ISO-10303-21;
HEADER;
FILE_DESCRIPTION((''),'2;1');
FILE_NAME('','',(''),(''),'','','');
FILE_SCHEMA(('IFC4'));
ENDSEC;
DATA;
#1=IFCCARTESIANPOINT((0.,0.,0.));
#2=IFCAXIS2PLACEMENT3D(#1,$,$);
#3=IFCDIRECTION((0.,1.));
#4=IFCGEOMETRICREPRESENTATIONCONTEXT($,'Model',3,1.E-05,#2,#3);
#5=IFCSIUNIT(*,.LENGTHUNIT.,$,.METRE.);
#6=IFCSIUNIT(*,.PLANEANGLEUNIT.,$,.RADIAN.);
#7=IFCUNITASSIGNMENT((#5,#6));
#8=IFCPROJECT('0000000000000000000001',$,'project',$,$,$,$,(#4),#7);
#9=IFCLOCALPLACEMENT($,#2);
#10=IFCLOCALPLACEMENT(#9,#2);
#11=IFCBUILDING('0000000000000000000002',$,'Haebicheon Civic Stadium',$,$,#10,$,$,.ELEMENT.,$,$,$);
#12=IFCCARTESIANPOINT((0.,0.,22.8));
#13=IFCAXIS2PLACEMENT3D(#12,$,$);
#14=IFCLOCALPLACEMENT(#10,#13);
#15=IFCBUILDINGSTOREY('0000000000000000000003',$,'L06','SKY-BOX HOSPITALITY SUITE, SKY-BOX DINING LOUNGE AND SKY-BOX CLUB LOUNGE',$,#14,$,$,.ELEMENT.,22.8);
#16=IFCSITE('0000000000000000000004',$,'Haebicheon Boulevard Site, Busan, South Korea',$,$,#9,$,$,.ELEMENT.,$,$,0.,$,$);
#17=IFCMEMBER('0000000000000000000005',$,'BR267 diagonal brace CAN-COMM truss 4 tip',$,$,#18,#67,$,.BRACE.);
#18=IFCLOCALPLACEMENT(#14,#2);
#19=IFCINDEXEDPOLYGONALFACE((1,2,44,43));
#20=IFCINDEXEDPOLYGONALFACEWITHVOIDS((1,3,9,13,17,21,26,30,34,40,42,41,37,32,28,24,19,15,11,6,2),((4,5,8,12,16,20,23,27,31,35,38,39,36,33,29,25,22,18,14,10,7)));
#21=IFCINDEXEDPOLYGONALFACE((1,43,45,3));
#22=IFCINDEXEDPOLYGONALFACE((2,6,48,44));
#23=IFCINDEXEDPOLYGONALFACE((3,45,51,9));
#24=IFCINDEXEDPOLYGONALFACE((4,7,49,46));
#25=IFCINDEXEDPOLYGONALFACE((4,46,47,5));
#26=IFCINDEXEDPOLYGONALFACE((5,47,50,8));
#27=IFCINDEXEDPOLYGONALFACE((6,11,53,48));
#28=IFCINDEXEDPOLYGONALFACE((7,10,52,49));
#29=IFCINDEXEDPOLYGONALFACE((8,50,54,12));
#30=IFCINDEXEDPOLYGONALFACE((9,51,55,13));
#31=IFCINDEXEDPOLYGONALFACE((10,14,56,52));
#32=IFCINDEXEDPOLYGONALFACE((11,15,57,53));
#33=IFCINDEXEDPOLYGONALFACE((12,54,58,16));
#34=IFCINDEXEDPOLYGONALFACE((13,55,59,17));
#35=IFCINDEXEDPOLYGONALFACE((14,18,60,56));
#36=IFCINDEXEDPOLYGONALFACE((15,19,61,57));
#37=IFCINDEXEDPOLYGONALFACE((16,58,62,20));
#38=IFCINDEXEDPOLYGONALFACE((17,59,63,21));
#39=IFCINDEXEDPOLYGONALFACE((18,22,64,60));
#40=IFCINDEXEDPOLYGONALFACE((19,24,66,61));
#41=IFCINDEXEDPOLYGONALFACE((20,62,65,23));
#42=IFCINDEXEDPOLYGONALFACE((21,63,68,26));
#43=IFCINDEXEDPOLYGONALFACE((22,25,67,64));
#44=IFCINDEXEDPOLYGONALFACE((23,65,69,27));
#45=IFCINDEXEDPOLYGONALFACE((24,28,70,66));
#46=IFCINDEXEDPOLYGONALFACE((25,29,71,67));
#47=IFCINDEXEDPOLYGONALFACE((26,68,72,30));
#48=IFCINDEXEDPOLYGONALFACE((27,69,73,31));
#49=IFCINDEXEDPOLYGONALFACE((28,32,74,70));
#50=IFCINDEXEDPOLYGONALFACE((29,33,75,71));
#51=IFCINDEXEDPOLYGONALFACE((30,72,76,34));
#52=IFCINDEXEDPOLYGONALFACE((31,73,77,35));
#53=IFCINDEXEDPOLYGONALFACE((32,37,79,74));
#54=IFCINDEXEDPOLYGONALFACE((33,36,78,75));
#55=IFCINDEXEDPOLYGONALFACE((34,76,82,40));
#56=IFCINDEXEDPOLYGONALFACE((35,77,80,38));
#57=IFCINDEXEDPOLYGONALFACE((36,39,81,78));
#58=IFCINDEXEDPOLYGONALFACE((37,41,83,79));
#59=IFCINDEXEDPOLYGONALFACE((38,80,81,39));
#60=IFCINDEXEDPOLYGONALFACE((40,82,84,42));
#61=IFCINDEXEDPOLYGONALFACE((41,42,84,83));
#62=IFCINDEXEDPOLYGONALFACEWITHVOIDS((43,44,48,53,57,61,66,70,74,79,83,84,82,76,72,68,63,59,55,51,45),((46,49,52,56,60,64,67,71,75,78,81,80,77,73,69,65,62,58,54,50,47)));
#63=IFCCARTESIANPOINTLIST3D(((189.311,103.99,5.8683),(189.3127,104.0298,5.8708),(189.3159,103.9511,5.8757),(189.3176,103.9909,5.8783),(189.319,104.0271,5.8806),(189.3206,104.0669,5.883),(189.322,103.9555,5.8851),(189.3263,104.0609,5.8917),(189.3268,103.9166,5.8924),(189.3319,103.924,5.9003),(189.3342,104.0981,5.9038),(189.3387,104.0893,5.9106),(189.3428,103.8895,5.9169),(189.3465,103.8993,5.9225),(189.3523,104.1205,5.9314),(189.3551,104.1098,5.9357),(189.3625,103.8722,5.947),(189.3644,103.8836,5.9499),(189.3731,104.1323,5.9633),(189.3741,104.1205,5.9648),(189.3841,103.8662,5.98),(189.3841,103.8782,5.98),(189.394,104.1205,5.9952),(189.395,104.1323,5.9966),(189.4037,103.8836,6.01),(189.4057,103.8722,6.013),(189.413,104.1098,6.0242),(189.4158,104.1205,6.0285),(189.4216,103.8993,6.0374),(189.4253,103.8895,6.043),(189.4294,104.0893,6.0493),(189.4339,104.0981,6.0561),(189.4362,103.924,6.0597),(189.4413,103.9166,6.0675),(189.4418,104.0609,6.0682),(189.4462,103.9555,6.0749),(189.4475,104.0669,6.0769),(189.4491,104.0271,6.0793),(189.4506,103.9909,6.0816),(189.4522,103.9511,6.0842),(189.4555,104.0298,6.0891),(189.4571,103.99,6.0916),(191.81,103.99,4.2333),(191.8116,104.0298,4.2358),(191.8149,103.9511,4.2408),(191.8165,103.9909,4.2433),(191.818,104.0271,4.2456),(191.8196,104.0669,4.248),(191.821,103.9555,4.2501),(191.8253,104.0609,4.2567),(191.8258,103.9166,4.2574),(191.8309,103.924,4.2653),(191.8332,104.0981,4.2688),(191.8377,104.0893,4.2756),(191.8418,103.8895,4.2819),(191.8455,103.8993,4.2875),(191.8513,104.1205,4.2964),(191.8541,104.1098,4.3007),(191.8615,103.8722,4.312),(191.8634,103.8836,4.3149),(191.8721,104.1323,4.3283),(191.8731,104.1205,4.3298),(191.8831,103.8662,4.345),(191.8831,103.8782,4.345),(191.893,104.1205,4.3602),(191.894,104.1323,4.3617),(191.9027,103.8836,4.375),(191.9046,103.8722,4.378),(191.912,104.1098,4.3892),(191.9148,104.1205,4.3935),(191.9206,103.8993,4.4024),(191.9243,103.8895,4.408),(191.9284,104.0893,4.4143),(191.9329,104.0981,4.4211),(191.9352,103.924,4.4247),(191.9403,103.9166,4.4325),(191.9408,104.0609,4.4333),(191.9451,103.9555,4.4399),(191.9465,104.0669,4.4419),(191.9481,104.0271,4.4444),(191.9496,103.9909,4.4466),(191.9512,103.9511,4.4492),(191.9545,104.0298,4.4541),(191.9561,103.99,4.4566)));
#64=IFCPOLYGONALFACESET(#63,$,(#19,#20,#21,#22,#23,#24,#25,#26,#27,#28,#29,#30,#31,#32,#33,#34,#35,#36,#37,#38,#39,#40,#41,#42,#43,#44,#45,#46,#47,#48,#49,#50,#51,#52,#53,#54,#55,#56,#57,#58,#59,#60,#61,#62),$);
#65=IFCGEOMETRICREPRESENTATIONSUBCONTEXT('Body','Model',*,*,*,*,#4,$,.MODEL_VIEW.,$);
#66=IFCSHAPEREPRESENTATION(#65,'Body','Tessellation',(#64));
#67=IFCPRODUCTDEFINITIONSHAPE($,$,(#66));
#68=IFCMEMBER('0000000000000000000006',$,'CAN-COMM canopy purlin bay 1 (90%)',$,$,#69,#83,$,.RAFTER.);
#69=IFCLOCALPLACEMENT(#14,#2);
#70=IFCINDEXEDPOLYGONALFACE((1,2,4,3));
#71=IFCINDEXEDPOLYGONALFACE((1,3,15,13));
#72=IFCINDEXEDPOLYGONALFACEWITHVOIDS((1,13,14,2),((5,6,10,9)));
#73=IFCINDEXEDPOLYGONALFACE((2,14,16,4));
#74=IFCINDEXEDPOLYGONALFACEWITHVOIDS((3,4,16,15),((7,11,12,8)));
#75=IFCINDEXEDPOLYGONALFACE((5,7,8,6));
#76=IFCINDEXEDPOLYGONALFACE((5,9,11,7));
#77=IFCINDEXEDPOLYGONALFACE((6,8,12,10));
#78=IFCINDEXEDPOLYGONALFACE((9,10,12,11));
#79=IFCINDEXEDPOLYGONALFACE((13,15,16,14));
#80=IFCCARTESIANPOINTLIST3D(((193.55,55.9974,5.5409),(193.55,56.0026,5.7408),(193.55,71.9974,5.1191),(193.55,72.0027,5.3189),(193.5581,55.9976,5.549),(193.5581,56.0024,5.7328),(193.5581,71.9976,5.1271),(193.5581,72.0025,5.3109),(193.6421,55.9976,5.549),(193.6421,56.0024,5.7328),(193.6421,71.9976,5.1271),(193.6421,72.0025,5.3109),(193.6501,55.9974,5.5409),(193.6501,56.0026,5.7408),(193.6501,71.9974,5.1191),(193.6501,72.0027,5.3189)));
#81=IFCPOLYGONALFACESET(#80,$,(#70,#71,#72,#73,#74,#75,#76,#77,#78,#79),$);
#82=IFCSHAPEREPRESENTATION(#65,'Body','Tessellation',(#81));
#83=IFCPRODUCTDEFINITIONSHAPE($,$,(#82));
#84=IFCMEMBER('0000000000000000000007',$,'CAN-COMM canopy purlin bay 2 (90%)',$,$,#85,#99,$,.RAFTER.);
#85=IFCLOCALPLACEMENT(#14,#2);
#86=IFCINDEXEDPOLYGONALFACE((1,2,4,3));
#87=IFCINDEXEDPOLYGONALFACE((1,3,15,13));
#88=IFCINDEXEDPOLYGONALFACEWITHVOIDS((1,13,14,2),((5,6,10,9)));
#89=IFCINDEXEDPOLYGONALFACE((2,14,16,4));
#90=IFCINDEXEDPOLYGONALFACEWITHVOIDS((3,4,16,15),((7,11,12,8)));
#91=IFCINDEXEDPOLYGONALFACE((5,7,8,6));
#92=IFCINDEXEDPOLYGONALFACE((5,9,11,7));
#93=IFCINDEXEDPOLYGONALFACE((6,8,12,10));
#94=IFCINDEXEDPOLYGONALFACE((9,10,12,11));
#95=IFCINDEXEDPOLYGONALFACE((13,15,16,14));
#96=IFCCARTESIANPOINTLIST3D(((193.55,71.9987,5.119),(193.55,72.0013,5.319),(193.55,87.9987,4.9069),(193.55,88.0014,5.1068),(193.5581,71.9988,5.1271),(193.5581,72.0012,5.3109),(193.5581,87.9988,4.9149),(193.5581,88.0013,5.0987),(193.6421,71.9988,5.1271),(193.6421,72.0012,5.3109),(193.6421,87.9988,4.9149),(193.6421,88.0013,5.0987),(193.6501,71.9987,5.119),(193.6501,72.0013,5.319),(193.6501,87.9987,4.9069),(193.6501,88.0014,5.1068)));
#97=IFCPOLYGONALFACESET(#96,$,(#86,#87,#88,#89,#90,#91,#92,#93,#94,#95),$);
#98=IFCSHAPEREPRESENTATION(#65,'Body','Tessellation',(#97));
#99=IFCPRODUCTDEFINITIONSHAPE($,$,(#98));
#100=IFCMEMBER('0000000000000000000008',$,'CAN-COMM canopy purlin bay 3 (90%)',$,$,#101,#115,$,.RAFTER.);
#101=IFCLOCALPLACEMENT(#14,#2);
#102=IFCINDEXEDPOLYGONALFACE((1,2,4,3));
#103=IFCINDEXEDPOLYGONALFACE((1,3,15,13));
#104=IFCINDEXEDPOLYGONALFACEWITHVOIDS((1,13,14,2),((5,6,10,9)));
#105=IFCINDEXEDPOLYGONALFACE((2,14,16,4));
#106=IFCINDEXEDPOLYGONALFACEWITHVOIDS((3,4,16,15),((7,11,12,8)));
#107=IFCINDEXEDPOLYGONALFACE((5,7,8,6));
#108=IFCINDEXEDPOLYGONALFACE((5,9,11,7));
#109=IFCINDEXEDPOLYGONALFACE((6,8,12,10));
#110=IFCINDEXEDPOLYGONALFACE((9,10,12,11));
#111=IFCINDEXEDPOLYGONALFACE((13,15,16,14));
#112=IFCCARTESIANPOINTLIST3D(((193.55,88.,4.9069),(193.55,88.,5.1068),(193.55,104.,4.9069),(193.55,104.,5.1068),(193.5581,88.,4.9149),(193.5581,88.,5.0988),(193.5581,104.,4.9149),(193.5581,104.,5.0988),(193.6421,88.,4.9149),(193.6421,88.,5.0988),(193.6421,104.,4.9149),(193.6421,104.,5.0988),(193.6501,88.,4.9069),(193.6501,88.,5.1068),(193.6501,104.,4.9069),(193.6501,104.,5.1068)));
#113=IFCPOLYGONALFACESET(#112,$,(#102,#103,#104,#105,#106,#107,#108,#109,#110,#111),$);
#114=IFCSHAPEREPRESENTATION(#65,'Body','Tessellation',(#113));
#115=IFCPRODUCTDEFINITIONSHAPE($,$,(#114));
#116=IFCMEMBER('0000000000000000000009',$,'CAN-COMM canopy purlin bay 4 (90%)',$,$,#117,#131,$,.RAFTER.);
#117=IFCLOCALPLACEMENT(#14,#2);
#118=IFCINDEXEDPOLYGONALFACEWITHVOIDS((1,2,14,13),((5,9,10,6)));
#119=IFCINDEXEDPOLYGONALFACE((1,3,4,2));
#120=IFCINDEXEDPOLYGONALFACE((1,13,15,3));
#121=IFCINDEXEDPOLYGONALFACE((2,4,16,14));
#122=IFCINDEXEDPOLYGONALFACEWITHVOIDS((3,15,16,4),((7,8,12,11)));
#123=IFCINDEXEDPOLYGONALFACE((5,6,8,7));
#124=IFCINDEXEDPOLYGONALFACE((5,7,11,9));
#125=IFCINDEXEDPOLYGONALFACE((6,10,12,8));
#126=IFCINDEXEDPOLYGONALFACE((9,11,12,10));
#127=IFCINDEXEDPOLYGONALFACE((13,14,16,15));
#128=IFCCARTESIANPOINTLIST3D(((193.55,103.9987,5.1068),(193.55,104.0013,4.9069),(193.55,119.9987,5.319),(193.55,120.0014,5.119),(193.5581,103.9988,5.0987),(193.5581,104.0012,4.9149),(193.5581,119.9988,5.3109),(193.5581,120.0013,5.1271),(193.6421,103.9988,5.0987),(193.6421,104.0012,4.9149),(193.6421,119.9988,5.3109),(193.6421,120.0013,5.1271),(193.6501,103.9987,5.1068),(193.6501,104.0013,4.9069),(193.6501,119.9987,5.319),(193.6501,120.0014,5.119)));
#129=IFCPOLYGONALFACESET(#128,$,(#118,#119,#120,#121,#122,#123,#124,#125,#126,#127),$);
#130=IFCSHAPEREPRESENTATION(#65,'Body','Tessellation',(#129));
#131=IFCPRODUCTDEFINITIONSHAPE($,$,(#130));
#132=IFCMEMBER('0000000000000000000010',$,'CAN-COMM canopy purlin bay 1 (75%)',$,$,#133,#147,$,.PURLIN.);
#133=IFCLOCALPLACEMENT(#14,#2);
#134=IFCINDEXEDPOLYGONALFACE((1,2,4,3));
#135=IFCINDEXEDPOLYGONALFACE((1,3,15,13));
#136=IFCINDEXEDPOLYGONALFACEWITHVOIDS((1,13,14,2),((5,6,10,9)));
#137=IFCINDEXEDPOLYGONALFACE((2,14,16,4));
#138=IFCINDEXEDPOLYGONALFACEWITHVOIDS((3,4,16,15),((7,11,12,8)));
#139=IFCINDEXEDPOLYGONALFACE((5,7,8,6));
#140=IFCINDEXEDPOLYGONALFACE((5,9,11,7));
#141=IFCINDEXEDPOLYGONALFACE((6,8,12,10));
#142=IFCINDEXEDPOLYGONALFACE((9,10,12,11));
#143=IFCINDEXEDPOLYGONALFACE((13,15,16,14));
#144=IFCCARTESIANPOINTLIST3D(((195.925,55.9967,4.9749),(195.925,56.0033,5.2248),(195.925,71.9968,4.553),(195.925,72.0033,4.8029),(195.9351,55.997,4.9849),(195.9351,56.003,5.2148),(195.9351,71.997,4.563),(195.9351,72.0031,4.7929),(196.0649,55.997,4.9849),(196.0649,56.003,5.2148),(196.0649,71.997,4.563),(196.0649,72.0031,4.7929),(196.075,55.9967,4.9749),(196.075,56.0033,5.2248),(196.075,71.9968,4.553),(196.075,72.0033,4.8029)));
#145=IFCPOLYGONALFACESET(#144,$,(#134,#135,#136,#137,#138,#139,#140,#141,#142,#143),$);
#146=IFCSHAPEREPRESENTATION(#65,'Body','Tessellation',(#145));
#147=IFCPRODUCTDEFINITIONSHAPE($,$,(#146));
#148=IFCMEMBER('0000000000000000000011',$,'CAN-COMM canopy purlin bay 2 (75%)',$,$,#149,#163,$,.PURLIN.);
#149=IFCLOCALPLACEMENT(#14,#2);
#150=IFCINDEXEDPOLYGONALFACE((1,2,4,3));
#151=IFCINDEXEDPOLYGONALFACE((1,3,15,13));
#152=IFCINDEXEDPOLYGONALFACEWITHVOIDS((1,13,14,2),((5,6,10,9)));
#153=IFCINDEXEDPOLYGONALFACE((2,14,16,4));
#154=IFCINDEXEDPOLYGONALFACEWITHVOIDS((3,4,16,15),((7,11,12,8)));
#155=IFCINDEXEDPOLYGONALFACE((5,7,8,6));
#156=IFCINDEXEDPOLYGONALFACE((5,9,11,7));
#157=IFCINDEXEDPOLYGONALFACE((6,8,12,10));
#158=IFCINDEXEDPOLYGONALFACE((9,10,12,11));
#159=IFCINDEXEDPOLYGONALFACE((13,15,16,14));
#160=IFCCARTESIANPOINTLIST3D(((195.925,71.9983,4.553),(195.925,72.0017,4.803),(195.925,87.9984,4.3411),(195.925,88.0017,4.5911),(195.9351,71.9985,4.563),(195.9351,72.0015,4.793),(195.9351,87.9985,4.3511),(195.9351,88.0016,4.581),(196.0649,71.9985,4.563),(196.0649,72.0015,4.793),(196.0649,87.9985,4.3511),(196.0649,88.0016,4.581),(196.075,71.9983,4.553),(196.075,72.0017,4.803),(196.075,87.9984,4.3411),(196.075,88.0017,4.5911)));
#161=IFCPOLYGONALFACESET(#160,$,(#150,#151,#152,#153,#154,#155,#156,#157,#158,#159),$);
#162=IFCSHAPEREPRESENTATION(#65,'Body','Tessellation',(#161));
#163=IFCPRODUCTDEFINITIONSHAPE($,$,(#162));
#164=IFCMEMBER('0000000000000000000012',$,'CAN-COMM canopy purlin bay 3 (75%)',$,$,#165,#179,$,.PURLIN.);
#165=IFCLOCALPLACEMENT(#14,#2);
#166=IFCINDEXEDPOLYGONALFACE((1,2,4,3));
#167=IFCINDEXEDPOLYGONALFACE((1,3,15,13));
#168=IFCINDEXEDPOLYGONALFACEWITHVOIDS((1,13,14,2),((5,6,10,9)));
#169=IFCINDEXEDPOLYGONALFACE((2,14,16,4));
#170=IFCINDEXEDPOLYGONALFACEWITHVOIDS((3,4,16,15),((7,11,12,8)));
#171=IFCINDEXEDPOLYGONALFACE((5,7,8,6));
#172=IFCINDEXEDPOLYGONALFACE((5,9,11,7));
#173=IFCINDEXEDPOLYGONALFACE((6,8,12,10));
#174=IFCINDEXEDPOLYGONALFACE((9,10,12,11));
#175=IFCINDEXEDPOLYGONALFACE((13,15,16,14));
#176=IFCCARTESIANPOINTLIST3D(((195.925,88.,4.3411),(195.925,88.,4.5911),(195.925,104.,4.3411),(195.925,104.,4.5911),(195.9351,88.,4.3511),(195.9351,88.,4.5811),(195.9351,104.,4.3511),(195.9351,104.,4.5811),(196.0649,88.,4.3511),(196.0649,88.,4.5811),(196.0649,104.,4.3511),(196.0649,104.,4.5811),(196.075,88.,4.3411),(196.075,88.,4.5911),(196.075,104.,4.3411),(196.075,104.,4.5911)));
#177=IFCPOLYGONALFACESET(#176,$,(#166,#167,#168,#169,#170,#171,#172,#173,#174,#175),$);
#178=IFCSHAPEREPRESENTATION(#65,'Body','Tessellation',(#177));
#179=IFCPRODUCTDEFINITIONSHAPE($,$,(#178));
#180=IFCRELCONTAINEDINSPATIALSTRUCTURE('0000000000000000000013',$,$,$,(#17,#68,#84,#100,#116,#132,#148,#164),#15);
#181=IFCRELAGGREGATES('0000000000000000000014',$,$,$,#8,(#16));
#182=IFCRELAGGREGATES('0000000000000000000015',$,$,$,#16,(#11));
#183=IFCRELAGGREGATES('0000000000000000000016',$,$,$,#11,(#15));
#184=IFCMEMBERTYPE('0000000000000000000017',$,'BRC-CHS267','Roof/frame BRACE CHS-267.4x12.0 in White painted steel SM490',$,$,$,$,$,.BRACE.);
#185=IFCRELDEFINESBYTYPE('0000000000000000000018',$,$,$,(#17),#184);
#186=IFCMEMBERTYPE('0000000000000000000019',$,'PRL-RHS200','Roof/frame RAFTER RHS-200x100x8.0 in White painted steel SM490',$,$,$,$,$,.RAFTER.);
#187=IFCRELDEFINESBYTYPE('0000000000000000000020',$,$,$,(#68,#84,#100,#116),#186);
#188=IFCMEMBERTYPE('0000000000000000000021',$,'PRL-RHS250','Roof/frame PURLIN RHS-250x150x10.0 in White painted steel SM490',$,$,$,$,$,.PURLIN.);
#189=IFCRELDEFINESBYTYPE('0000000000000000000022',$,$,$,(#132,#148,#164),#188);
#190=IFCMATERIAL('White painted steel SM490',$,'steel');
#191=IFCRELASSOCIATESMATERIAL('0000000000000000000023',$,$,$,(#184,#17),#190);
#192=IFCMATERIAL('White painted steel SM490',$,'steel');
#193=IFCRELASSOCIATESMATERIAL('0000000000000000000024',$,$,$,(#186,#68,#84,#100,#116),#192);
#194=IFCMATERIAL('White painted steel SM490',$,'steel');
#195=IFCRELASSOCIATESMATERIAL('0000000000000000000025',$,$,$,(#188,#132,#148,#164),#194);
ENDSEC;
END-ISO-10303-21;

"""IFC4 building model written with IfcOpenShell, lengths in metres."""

from ifc_helpers import new_model, si_unit, direction, frame, origin, origin_2d, place, context, subcontext, project, spatial, hollow_rectangle, hollow_circle, extrude, material, material_profile, profile_set, type_object, element, save


model = new_model("IFC4")

# Units and contexts
model_context = context("Model", 3, precision=1e-05, world=origin(), true_north=direction((0.0, 1.0)))
body_context = subcontext(model_context, "Body", "Model", "MODEL_VIEW")
ifc_project = project(units=[si_unit("LENGTHUNIT", "METRE"), si_unit("PLANEANGLEUNIT", "RADIAN")], contexts=[model_context])

# Site, building, storey
site_placement = place(None, origin())
site = spatial("IfcSite", under=ifc_project, at=site_placement, Name="Haebicheon Boulevard Site, Busan, South Korea", CompositionType="ELEMENT", RefElevation=0.0)
building_placement = place(site_placement, origin())
building = spatial("IfcBuilding", under=site, at=building_placement, Name="Haebicheon Civic Stadium", CompositionType="ELEMENT")
storey_placement = place(building_placement, frame((0.0, 0.0, 22.8)))
storey = spatial("IfcBuildingStorey", under=building, at=storey_placement, Name="L06", Description="SKY-BOX HOSPITALITY SUITE, SKY-BOX DINING LOUNGE AND SKY-BOX CLUB LOUNGE", CompositionType="ELEMENT", Elevation=22.8)

# Members
ifc_material_1 = material(Name="White painted steel SM490", Category="steel")
ifc_material_profile_1 = material_profile(ifc_material_1, hollow_circle(Radius=0.1338, WallThickness=0.012, at=origin_2d()), Name="CHS-267.4x12.0")
ifc_profile_set_1 = profile_set([ifc_material_profile_1], Name="White painted steel SM490")
member_type_1 = type_object("IfcMemberType", Name="BRC-CHS267", Description="Roof/frame BRACE CHS-267.4x12.0 in White painted steel SM490", PredefinedType="BRACE", material=ifc_profile_set_1)
for number, where, z_axis, x_axis, name in (
    (1, (191.8831, 104.0, 4.345), (-0.836811, 0.0, 0.547492), (0.0, -1.0, 0.0), "BR267 diagonal brace CAN-COMM truss 4 tip"),
):
    element("IfcMember", number, at=place(storey_placement, frame(where, z_axis=z_axis, x_axis=x_axis)), inside=storey, type_object=member_type_1, material=ifc_profile_set_1, Name=name, PredefinedType="BRACE", context=body_context, shape_type="SweptSolid", body=[
        extrude(hollow_circle(Radius=0.1338, WallThickness=0.012, at=origin_2d()), origin(), (0.0, 0.0, 1.0), 2.9863),
    ])
ifc_material_2 = material(Name="White painted steel SM490", Category="steel")
ifc_material_profile_2 = material_profile(ifc_material_2, hollow_rectangle(XDim=0.1001, YDim=0.2, WallThickness=0.0081, at=origin_2d()), Name="RHS-200x100x8.0")
ifc_profile_set_2 = profile_set([ifc_material_profile_2], Name="White painted steel SM490")
member_type_2 = type_object("IfcMemberType", Name="PRL-RHS200", Description="Roof/frame RAFTER RHS-200x100x8.0 in White painted steel SM490", PredefinedType="RAFTER", material=ifc_profile_set_2)
member_1_placement = place(storey_placement, frame((193.6001, 56.0, 5.6409), z_axis=(0.0, 0.999653, -0.026358), x_axis=(-1.0, 0.0, 0.0)))
element("IfcMember", 2, at=member_1_placement, inside=storey, type_object=member_type_2, material=ifc_profile_set_2, Name="CAN-COMM canopy purlin bay 1 (90%)", PredefinedType="RAFTER", context=body_context, shape_type="SweptSolid", body=[
    extrude(hollow_rectangle(XDim=0.1001, YDim=0.2, WallThickness=0.0081, at=origin_2d()), origin(), (0.0, 0.0, 1.0), 16.0056),
])
member_2_placement = place(storey_placement, frame((193.6001, 72.0, 5.219), z_axis=(0.0, 0.999912, -0.013259), x_axis=(-1.0, 0.0, 0.0)))
element("IfcMember", 3, at=member_2_placement, inside=storey, type_object=member_type_2, material=ifc_profile_set_2, Name="CAN-COMM canopy purlin bay 2 (90%)", PredefinedType="RAFTER", context=body_context, shape_type="SweptSolid", body=[
    extrude(hollow_rectangle(XDim=0.1001, YDim=0.2, WallThickness=0.0081, at=origin_2d()), origin(), (0.0, 0.0, 1.0), 16.0015),
])
member_3_placement = place(storey_placement, frame((193.6001, 88.0, 5.0068), z_axis=(0.0, 1.0, 0.0), x_axis=(-1.0, 0.0, 0.0)))
element("IfcMember", 4, at=member_3_placement, inside=storey, type_object=member_type_2, material=ifc_profile_set_2, Name="CAN-COMM canopy purlin bay 3 (90%)", PredefinedType="RAFTER", context=body_context, shape_type="SweptSolid", body=[
    extrude(hollow_rectangle(XDim=0.1001, YDim=0.2, WallThickness=0.0081, at=origin_2d()), origin(), (0.0, 0.0, 1.0), 16.0),
])
member_4_placement = place(storey_placement, frame((193.6001, 104.0, 5.0068), z_axis=(0.0, 0.999912, 0.013259), x_axis=(-1.0, 0.0, 0.0)))
element("IfcMember", 5, at=member_4_placement, inside=storey, type_object=member_type_2, material=ifc_profile_set_2, Name="CAN-COMM canopy purlin bay 4 (90%)", PredefinedType="RAFTER", context=body_context, shape_type="SweptSolid", body=[
    extrude(hollow_rectangle(XDim=0.1001, YDim=0.2, WallThickness=0.0081, at=origin_2d()), origin(), (0.0, 0.0, 1.0), 16.0015),
])
ifc_material_3 = material(Name="White painted steel SM490", Category="steel")
ifc_material_profile_3 = material_profile(ifc_material_3, hollow_rectangle(XDim=0.1499, YDim=0.25, WallThickness=0.01, at=origin_2d()), Name="RHS-250x150x10.0")
ifc_profile_set_3 = profile_set([ifc_material_profile_3], Name="White painted steel SM490")
member_type_3 = type_object("IfcMemberType", Name="PRL-RHS250", Description="Roof/frame PURLIN RHS-250x150x10.0 in White painted steel SM490", PredefinedType="PURLIN", material=ifc_profile_set_3)
member_5_placement = place(storey_placement, frame((196.0, 56.0, 5.0999), z_axis=(0.0, 0.999653, -0.026358), x_axis=(-1.0, 0.0, 0.0)))
element("IfcMember", 6, at=member_5_placement, inside=storey, type_object=member_type_3, material=ifc_profile_set_3, Name="CAN-COMM canopy purlin bay 1 (75%)", PredefinedType="PURLIN", context=body_context, shape_type="SweptSolid", body=[
    extrude(hollow_rectangle(XDim=0.1499, YDim=0.25, WallThickness=0.01, at=origin_2d()), origin(), (0.0, 0.0, 1.0), 16.0056),
])
member_6_placement = place(storey_placement, frame((196.0, 72.0, 4.678), z_axis=(0.0, 0.999912, -0.013243), x_axis=(-1.0, 0.0, 0.0)))
element("IfcMember", 7, at=member_6_placement, inside=storey, type_object=member_type_3, material=ifc_profile_set_3, Name="CAN-COMM canopy purlin bay 2 (75%)", PredefinedType="PURLIN", context=body_context, shape_type="SweptSolid", body=[
    extrude(hollow_rectangle(XDim=0.1499, YDim=0.25, WallThickness=0.01, at=origin_2d()), origin(), (0.0, 0.0, 1.0), 16.0015),
])
member_7_placement = place(storey_placement, frame((196.0, 88.0, 4.4661), z_axis=(0.0, 1.0, 0.0), x_axis=(-1.0, 0.0, 0.0)))
element("IfcMember", 8, at=member_7_placement, inside=storey, type_object=member_type_3, material=ifc_profile_set_3, Name="CAN-COMM canopy purlin bay 3 (75%)", PredefinedType="PURLIN", context=body_context, shape_type="SweptSolid", body=[
    extrude(hollow_rectangle(XDim=0.1499, YDim=0.25, WallThickness=0.01, at=origin_2d()), origin(), (0.0, 0.0, 1.0), 16.0),
])

save(model, "model.ifc")
